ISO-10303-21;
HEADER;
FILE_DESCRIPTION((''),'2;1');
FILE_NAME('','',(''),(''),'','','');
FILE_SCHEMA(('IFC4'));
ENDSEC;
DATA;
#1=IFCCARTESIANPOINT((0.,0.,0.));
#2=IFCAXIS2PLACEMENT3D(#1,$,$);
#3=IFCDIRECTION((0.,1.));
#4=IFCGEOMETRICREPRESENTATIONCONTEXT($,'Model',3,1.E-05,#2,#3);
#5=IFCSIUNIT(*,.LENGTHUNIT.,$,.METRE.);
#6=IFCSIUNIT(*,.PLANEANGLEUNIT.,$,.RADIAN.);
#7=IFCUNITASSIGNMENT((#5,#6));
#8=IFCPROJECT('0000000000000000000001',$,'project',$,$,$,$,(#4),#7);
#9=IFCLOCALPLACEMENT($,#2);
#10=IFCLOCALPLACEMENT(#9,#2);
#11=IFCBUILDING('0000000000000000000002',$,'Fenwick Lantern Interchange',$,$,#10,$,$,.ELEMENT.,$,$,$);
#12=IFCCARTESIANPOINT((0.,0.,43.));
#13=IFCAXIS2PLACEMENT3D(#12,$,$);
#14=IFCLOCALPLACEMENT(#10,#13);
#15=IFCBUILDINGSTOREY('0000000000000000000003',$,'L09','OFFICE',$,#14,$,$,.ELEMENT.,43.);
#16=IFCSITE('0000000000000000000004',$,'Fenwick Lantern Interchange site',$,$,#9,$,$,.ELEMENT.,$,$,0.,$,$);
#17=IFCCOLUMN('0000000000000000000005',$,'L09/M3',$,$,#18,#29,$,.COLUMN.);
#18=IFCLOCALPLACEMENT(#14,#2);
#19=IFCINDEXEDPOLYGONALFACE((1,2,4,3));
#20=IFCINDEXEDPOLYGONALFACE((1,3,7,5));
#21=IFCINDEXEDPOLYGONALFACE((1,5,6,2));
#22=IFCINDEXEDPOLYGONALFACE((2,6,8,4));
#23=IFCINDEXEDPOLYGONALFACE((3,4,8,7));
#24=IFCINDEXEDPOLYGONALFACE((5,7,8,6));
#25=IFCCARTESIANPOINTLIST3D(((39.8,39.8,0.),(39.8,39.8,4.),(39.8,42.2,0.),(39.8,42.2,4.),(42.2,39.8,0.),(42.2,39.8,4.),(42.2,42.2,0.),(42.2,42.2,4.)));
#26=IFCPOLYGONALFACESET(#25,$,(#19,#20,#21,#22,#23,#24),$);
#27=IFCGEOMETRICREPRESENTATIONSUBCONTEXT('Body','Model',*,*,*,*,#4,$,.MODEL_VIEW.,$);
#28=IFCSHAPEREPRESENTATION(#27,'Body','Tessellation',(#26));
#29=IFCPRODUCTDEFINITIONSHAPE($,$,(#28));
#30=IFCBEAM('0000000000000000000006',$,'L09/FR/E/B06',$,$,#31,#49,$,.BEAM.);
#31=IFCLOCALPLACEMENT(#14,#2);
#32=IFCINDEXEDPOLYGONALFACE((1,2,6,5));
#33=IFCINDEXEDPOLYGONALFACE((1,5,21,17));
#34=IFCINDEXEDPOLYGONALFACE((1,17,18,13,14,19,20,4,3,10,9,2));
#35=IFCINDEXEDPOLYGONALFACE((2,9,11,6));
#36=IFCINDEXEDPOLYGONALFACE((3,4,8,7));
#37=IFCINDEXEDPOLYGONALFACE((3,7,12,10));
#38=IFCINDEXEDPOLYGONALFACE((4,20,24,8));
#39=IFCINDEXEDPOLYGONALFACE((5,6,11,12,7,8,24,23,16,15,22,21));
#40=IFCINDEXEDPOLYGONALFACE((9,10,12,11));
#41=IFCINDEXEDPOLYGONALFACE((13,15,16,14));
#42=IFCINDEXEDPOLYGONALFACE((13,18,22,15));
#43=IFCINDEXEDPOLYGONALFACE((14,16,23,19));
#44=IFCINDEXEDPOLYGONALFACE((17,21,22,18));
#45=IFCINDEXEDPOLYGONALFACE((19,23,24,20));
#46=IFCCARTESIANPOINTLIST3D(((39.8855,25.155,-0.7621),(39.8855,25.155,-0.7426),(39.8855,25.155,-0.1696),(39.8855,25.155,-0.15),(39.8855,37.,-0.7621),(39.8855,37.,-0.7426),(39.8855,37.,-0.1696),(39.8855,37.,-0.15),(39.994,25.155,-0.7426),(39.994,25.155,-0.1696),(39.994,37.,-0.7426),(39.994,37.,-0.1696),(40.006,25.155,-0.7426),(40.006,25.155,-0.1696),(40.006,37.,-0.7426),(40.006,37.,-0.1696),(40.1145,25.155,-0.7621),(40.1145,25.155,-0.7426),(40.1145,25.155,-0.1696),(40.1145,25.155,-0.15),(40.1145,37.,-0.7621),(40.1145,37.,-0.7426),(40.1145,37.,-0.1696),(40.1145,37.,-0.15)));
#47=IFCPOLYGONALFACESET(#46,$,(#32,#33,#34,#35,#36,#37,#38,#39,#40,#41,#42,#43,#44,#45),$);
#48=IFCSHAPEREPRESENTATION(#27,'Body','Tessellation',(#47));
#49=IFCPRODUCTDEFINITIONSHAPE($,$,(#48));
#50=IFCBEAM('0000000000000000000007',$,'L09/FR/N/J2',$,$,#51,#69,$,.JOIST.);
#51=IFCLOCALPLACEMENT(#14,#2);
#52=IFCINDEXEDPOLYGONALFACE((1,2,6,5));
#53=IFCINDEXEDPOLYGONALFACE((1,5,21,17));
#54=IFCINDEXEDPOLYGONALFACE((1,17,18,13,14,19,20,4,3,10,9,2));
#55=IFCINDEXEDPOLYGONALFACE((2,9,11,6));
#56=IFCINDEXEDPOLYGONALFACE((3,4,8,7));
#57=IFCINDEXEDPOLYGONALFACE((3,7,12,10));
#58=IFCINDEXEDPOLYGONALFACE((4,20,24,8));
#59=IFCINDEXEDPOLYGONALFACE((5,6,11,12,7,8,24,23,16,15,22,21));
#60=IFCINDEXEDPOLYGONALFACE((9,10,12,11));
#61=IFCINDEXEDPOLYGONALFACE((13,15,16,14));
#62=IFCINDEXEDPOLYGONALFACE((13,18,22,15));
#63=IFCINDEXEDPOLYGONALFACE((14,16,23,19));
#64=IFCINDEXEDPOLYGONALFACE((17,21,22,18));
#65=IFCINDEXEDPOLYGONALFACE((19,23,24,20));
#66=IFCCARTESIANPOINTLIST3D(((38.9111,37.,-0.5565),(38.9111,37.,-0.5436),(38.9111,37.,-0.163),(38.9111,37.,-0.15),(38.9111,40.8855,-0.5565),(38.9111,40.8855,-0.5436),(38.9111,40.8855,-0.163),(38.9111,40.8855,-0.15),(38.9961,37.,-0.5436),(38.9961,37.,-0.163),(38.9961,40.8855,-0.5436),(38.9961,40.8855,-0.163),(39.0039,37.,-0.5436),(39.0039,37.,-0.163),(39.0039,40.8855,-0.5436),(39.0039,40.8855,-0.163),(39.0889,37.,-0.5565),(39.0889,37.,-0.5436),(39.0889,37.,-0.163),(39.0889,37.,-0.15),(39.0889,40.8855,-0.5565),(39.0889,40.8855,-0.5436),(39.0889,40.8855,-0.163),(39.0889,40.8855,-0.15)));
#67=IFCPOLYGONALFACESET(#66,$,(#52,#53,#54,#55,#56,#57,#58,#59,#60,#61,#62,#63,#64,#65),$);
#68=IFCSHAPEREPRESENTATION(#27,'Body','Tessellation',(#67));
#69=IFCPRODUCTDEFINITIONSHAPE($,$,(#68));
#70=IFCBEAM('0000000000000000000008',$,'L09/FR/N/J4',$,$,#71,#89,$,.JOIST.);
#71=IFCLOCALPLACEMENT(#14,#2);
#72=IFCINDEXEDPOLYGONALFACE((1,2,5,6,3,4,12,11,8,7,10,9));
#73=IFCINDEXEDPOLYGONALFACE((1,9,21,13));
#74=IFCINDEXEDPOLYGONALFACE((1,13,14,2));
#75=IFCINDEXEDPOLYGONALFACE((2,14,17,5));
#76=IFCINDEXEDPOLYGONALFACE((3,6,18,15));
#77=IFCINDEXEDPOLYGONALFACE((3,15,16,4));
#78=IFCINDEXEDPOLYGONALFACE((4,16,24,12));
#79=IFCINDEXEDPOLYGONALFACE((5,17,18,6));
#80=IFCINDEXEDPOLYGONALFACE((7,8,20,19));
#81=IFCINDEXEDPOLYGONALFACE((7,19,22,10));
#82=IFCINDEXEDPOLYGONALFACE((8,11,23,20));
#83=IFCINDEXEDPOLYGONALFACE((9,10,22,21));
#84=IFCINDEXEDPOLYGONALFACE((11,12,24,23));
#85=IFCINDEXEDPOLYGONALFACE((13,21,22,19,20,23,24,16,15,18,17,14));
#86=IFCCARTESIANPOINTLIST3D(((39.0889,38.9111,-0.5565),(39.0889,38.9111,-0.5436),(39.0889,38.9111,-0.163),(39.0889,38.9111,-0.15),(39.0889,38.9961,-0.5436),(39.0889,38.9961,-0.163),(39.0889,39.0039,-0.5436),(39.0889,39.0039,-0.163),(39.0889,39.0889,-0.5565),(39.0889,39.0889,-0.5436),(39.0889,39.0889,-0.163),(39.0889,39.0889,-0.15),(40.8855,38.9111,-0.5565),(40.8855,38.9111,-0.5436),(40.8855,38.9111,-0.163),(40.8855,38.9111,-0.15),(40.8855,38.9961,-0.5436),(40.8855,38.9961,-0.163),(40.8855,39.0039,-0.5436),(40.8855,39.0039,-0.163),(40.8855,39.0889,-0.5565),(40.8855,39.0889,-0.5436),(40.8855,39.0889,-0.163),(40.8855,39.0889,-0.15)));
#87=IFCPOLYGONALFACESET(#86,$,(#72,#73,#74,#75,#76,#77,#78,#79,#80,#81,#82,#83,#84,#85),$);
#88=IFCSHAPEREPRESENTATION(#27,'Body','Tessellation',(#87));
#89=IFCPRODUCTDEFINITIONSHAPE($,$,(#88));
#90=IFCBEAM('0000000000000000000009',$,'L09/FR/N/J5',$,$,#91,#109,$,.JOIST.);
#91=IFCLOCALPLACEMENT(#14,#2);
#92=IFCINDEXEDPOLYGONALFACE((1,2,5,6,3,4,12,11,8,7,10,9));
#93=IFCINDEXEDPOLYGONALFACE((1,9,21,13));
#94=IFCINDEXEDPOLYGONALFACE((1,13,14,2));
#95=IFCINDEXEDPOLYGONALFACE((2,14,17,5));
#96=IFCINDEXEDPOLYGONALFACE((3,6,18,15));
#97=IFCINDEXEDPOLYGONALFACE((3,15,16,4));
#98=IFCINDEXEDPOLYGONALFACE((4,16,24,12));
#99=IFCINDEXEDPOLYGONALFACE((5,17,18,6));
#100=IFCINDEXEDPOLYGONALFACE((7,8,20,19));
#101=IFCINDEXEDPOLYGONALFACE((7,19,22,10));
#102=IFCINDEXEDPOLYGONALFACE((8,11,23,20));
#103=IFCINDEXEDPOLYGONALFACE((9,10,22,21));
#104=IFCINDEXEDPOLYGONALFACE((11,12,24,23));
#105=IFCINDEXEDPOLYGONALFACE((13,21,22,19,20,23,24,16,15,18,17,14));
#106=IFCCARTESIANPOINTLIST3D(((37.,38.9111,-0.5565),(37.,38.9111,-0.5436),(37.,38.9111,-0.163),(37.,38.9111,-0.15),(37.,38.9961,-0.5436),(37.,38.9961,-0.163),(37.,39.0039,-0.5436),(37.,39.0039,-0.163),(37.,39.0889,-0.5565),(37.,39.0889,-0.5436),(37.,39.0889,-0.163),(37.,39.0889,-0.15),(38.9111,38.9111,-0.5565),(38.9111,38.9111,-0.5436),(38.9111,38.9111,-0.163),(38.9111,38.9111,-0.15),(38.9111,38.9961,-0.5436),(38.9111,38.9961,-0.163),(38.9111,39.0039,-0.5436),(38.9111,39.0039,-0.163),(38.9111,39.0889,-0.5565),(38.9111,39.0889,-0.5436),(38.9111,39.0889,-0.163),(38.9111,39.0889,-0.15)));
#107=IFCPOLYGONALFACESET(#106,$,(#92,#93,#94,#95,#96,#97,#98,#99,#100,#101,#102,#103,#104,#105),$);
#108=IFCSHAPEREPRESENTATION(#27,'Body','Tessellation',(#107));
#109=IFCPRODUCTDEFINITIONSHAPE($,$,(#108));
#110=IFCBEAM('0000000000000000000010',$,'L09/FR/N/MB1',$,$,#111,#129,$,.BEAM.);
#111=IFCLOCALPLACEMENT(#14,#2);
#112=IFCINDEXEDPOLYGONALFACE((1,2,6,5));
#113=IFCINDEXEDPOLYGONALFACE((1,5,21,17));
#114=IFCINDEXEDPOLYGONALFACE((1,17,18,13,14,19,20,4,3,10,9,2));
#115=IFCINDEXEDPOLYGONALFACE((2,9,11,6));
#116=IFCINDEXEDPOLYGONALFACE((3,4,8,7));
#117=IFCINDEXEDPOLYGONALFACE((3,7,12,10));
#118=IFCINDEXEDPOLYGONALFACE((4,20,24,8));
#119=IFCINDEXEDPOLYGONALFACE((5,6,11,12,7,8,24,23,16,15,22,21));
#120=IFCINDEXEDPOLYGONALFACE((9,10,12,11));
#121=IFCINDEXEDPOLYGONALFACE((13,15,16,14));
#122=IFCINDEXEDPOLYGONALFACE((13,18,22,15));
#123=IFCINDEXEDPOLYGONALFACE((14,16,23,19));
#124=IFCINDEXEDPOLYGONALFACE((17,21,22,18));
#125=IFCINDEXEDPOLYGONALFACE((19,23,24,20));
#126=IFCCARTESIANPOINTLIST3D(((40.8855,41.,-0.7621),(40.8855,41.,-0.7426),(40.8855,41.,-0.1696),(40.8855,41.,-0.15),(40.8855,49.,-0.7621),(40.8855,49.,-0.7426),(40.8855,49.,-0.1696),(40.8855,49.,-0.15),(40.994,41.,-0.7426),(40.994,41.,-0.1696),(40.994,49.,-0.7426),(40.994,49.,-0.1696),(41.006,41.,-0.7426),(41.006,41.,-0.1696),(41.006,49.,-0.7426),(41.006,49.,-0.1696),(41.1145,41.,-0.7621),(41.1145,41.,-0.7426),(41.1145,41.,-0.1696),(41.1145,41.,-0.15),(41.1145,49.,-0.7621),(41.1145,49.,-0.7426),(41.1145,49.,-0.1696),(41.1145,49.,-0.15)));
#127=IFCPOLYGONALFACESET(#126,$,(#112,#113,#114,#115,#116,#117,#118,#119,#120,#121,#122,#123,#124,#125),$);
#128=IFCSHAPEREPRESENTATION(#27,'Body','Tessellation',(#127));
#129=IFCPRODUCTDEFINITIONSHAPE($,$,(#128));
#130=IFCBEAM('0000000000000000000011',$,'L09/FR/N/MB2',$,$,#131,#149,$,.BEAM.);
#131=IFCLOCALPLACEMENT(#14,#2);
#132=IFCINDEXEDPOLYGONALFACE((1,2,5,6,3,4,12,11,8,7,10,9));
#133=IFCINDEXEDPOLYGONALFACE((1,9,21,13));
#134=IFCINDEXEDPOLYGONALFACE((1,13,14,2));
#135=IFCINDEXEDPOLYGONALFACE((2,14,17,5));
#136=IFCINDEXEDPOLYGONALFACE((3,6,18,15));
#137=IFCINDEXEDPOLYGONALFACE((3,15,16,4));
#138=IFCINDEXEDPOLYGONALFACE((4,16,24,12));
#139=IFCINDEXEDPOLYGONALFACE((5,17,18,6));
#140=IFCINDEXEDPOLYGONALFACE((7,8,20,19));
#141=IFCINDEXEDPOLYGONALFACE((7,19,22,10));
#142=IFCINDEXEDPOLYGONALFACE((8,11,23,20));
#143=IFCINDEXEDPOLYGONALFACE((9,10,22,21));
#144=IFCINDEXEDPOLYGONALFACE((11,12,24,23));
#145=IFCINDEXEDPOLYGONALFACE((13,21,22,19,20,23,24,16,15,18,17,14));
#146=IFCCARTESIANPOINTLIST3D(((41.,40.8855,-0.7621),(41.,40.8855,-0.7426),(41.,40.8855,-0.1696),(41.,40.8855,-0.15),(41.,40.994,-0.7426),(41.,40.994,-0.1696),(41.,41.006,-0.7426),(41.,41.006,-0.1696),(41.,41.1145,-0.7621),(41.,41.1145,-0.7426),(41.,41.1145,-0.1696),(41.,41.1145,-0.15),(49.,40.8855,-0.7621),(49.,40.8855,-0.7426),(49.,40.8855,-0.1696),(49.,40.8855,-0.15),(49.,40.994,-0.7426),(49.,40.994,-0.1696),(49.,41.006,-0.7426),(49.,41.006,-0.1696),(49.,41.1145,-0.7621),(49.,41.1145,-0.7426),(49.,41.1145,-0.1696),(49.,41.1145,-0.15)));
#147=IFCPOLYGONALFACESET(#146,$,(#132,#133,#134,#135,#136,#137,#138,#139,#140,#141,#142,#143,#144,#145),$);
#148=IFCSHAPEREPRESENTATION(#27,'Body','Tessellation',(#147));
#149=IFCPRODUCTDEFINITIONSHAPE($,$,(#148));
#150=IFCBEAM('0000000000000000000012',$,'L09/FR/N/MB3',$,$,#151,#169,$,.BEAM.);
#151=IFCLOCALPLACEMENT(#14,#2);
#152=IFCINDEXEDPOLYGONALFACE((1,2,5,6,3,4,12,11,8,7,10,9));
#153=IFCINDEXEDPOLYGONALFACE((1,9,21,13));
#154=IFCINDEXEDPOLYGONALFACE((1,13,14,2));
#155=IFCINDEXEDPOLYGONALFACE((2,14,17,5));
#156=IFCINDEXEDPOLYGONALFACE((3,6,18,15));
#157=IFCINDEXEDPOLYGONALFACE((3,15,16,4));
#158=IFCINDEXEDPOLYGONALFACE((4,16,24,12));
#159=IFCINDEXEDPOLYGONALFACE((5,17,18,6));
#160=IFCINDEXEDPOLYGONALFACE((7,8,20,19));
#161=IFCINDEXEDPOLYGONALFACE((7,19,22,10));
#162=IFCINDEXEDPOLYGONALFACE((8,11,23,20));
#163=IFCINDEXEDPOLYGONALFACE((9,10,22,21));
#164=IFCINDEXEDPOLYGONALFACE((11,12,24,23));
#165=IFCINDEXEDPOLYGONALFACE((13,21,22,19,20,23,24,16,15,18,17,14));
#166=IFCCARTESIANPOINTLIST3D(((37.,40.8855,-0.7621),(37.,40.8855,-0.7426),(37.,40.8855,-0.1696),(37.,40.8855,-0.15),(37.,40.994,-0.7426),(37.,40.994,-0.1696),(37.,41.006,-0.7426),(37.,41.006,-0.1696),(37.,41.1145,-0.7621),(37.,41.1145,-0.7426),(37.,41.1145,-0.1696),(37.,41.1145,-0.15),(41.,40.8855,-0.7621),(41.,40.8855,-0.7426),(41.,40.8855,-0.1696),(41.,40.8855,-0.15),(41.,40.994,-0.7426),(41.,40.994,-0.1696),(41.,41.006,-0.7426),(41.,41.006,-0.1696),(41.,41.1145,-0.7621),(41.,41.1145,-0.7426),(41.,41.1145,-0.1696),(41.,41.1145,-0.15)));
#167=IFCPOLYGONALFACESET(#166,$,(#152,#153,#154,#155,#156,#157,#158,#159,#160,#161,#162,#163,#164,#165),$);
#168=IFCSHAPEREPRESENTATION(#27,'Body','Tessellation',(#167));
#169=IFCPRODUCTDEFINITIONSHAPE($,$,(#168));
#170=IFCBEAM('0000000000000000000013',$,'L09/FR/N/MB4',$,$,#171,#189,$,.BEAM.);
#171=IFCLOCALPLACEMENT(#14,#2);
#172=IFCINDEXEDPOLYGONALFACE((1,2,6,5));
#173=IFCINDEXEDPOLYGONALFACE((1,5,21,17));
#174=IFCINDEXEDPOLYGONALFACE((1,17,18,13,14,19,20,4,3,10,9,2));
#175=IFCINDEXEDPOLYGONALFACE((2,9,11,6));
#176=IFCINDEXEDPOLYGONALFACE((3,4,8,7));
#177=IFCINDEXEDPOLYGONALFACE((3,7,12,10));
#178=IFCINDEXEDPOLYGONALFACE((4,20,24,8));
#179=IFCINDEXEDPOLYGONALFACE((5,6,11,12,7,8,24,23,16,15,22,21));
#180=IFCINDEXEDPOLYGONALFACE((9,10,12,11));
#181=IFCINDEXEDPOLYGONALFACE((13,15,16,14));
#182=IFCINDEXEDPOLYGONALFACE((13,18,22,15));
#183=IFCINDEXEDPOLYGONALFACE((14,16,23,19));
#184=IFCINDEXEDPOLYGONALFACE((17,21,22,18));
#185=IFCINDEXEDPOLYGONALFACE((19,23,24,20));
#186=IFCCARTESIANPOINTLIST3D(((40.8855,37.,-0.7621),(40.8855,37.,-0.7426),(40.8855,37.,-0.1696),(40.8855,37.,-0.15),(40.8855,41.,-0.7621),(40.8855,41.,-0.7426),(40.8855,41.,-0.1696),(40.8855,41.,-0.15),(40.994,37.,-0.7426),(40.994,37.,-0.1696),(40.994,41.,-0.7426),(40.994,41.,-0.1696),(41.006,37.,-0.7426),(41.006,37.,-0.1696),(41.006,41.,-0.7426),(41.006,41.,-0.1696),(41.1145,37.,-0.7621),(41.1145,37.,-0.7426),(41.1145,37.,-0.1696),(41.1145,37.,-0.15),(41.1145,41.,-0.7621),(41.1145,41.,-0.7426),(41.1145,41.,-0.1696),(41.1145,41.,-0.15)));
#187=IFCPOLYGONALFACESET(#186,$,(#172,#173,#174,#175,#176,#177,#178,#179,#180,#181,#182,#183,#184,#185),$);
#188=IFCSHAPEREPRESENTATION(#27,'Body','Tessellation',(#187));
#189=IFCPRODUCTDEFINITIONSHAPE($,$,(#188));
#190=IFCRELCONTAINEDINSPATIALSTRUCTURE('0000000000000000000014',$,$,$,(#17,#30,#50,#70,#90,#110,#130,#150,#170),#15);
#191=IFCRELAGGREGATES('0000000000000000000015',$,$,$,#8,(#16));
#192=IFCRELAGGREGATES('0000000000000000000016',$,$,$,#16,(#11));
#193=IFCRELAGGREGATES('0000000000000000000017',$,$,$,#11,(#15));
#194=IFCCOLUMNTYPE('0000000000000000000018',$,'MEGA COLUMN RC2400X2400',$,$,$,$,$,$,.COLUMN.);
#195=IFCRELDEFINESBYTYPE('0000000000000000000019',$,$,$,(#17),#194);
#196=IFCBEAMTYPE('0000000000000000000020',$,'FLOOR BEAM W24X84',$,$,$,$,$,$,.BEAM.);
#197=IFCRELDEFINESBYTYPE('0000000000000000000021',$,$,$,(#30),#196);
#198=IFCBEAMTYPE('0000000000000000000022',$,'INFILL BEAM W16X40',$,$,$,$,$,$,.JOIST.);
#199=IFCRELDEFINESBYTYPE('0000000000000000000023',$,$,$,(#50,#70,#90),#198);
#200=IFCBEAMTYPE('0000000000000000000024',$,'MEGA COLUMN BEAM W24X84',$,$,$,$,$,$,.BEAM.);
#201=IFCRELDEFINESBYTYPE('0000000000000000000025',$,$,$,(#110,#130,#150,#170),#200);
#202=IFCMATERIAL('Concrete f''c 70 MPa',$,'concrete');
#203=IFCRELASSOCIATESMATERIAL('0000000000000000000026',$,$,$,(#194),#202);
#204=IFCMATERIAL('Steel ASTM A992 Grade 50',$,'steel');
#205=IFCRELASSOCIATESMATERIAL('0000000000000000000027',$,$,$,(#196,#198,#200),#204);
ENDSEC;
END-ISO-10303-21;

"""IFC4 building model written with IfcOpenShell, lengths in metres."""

from ifc_helpers import new_model, si_unit, direction, frame, origin, origin_2d, place, context, subcontext, project, spatial, rectangle, i_section, extrude, material, material_profile, profile_set, type_object, element, save


model = new_model("IFC4")

# Units and contexts
model_context = context("Model", 3, precision=1e-05, world=origin(), true_north=direction((0.0, 1.0)))
body_context = subcontext(model_context, "Body", "Model", "MODEL_VIEW")
ifc_project = project(units=[si_unit("LENGTHUNIT", "METRE"), si_unit("PLANEANGLEUNIT", "RADIAN")], contexts=[model_context])

# Site, building, storey
site_placement = place(None, origin())
site = spatial("IfcSite", under=ifc_project, at=site_placement, Name="Fenwick Lantern Interchange site", CompositionType="ELEMENT", RefElevation=0.0)
building_placement = place(site_placement, origin())
building = spatial("IfcBuilding", under=site, at=building_placement, Name="Fenwick Lantern Interchange", CompositionType="ELEMENT")
storey_placement = place(building_placement, frame((0.0, 0.0, 43.0)))
storey = spatial("IfcBuildingStorey", under=building, at=storey_placement, Name="L09", Description="OFFICE", CompositionType="ELEMENT", Elevation=43.0)

# Column
ifc_material_1 = material(Name="Concrete f'c 70 MPa", Category="concrete")
ifc_material_profile_1 = material_profile(ifc_material_1, rectangle(XDim=2.3999, YDim=2.3999, at=origin_2d()), Name="RC2400X2400")
ifc_profile_set_1 = profile_set([ifc_material_profile_1], Name="Concrete f'c 70 MPa")
column_type = type_object("IfcColumnType", Name="MEGA COLUMN RC2400X2400", PredefinedType="COLUMN", material=ifc_profile_set_1)
column_placement = place(storey_placement, frame((41.0, 41.0, 0.0), z_axis=(0.0, 0.0, 1.0), x_axis=(1.0, 0.0, 0.0)))
element("IfcColumn", 1, at=column_placement, inside=storey, type_object=column_type, Name="L09/M3", PredefinedType="COLUMN", context=body_context, shape_type="SweptSolid", body=[
    extrude(rectangle(XDim=2.3999, YDim=2.3999, at=origin_2d()), origin(), (0.0, 0.0, 1.0), 4.0),
])

# Beams
ifc_material_2 = material(Name="Steel ASTM A992 Grade 50", Category="steel")
ifc_material_profile_2 = material_profile(ifc_material_2, i_section(OverallWidth=0.229, OverallDepth=0.6121, WebThickness=0.012, FlangeThickness=0.0195, at=origin_2d()), Name="W24X84")
ifc_profile_set_2 = profile_set([ifc_material_profile_2], Name="Steel ASTM A992 Grade 50")
beam_type_1 = type_object("IfcBeamType", Name="FLOOR BEAM W24X84", PredefinedType="BEAM", material=ifc_profile_set_2)
beam_1_placement = place(storey_placement, frame((40.0, 25.155, -0.4561), z_axis=(0.0, 1.0, 0.0), x_axis=(-1.0, 0.0, 0.0)))
element("IfcBeam", 2, at=beam_1_placement, inside=storey, type_object=beam_type_1, Name="L09/FR/E/B06", PredefinedType="BEAM", context=body_context, shape_type="SweptSolid", body=[
    extrude(i_section(OverallWidth=0.229, OverallDepth=0.6121, WebThickness=0.012, FlangeThickness=0.0195, at=origin_2d()), origin(), (0.0, 0.0, 1.0), 11.845),
])
ifc_material_profile_3 = material_profile(ifc_material_2, i_section(OverallWidth=0.1777, OverallDepth=0.4065, WebThickness=0.0078, FlangeThickness=0.0129, at=origin_2d()), Name="W16X40")
ifc_profile_set_3 = profile_set([ifc_material_profile_3], Name="Steel ASTM A992 Grade 50")
beam_type_2 = type_object("IfcBeamType", Name="INFILL BEAM W16X40", PredefinedType="JOIST", material=ifc_profile_set_3)
beam_2_placement = place(storey_placement, frame((39.0, 40.8855, -0.3533), z_axis=(0.0, -1.0, 0.0), x_axis=(1.0, 0.0, 0.0)))
element("IfcBeam", 3, at=beam_2_placement, inside=storey, type_object=beam_type_2, Name="L09/FR/N/J2", PredefinedType="JOIST", context=body_context, shape_type="SweptSolid", body=[
    extrude(i_section(OverallWidth=0.1777, OverallDepth=0.4065, WebThickness=0.0078, FlangeThickness=0.0129, at=origin_2d()), origin(), (0.0, 0.0, 1.0), 3.8855),
])
beam_3_placement = place(storey_placement, frame((40.8855, 39.0, -0.3533), z_axis=(-1.0, 0.0, 0.0), x_axis=(0.0, -1.0, 0.0)))
element("IfcBeam", 4, at=beam_3_placement, inside=storey, type_object=beam_type_2, Name="L09/FR/N/J4", PredefinedType="JOIST", context=body_context, shape_type="SweptSolid", body=[
    extrude(i_section(OverallWidth=0.1777, OverallDepth=0.4065, WebThickness=0.0078, FlangeThickness=0.0129, at=origin_2d()), origin(), (0.0, 0.0, 1.0), 1.7966),
])
beam_4_placement = place(storey_placement, frame((38.9111, 39.0, -0.3533), z_axis=(-1.0, 0.0, 0.0), x_axis=(0.0, -1.0, 0.0)))
element("IfcBeam", 5, at=beam_4_placement, inside=storey, type_object=beam_type_2, Name="L09/FR/N/J5", PredefinedType="JOIST", context=body_context, shape_type="SweptSolid", body=[
    extrude(i_section(OverallWidth=0.1777, OverallDepth=0.4065, WebThickness=0.0078, FlangeThickness=0.0129, at=origin_2d()), origin(), (0.0, 0.0, 1.0), 1.9111),
])
ifc_material_profile_4 = material_profile(ifc_material_2, i_section(OverallWidth=0.229, OverallDepth=0.6121, WebThickness=0.012, FlangeThickness=0.0195, at=origin_2d()), Name="W24X84")
ifc_profile_set_4 = profile_set([ifc_material_profile_4], Name="Steel ASTM A992 Grade 50")
beam_type_3 = type_object("IfcBeamType", Name="MEGA COLUMN BEAM W24X84", PredefinedType="BEAM", material=ifc_profile_set_4)
for number, where, z_axis, x_axis, name in (
    (6, (41.0, 41.0, -0.4561), (0.0, 1.0, 0.0), (-1.0, 0.0, 0.0), "L09/FR/N/MB1"),
    (7, (41.0, 41.0, -0.4561), (1.0, 0.0, 0.0), (0.0, 1.0, 0.0), "L09/FR/N/MB2"),
):
    element("IfcBeam", number, at=place(storey_placement, frame(where, z_axis=z_axis, x_axis=x_axis)), inside=storey, type_object=beam_type_3, Name=name, PredefinedType="BEAM", context=body_context, shape_type="SweptSolid", body=[
        extrude(i_section(OverallWidth=0.229, OverallDepth=0.6121, WebThickness=0.012, FlangeThickness=0.0195, at=origin_2d()), origin(), (0.0, 0.0, 1.0), 8.0),
    ])
for number, where, z_axis, x_axis, name in (
    (8, (41.0, 41.0, -0.4561), (-1.0, 0.0, 0.0), (0.0, -1.0, 0.0), "L09/FR/N/MB3"),
    (9, (41.0, 41.0, -0.4561), (0.0, -1.0, 0.0), (1.0, 0.0, 0.0), "L09/FR/N/MB4"),
):
    element("IfcBeam", number, at=place(storey_placement, frame(where, z_axis=z_axis, x_axis=x_axis)), inside=storey, type_object=beam_type_3, Name=name, PredefinedType="BEAM", context=body_context, shape_type="SweptSolid", body=[
        extrude(i_section(OverallWidth=0.229, OverallDepth=0.6121, WebThickness=0.012, FlangeThickness=0.0195, at=origin_2d()), origin(), (0.0, 0.0, 1.0), 4.0),
    ])

save(model, "model.ifc")
